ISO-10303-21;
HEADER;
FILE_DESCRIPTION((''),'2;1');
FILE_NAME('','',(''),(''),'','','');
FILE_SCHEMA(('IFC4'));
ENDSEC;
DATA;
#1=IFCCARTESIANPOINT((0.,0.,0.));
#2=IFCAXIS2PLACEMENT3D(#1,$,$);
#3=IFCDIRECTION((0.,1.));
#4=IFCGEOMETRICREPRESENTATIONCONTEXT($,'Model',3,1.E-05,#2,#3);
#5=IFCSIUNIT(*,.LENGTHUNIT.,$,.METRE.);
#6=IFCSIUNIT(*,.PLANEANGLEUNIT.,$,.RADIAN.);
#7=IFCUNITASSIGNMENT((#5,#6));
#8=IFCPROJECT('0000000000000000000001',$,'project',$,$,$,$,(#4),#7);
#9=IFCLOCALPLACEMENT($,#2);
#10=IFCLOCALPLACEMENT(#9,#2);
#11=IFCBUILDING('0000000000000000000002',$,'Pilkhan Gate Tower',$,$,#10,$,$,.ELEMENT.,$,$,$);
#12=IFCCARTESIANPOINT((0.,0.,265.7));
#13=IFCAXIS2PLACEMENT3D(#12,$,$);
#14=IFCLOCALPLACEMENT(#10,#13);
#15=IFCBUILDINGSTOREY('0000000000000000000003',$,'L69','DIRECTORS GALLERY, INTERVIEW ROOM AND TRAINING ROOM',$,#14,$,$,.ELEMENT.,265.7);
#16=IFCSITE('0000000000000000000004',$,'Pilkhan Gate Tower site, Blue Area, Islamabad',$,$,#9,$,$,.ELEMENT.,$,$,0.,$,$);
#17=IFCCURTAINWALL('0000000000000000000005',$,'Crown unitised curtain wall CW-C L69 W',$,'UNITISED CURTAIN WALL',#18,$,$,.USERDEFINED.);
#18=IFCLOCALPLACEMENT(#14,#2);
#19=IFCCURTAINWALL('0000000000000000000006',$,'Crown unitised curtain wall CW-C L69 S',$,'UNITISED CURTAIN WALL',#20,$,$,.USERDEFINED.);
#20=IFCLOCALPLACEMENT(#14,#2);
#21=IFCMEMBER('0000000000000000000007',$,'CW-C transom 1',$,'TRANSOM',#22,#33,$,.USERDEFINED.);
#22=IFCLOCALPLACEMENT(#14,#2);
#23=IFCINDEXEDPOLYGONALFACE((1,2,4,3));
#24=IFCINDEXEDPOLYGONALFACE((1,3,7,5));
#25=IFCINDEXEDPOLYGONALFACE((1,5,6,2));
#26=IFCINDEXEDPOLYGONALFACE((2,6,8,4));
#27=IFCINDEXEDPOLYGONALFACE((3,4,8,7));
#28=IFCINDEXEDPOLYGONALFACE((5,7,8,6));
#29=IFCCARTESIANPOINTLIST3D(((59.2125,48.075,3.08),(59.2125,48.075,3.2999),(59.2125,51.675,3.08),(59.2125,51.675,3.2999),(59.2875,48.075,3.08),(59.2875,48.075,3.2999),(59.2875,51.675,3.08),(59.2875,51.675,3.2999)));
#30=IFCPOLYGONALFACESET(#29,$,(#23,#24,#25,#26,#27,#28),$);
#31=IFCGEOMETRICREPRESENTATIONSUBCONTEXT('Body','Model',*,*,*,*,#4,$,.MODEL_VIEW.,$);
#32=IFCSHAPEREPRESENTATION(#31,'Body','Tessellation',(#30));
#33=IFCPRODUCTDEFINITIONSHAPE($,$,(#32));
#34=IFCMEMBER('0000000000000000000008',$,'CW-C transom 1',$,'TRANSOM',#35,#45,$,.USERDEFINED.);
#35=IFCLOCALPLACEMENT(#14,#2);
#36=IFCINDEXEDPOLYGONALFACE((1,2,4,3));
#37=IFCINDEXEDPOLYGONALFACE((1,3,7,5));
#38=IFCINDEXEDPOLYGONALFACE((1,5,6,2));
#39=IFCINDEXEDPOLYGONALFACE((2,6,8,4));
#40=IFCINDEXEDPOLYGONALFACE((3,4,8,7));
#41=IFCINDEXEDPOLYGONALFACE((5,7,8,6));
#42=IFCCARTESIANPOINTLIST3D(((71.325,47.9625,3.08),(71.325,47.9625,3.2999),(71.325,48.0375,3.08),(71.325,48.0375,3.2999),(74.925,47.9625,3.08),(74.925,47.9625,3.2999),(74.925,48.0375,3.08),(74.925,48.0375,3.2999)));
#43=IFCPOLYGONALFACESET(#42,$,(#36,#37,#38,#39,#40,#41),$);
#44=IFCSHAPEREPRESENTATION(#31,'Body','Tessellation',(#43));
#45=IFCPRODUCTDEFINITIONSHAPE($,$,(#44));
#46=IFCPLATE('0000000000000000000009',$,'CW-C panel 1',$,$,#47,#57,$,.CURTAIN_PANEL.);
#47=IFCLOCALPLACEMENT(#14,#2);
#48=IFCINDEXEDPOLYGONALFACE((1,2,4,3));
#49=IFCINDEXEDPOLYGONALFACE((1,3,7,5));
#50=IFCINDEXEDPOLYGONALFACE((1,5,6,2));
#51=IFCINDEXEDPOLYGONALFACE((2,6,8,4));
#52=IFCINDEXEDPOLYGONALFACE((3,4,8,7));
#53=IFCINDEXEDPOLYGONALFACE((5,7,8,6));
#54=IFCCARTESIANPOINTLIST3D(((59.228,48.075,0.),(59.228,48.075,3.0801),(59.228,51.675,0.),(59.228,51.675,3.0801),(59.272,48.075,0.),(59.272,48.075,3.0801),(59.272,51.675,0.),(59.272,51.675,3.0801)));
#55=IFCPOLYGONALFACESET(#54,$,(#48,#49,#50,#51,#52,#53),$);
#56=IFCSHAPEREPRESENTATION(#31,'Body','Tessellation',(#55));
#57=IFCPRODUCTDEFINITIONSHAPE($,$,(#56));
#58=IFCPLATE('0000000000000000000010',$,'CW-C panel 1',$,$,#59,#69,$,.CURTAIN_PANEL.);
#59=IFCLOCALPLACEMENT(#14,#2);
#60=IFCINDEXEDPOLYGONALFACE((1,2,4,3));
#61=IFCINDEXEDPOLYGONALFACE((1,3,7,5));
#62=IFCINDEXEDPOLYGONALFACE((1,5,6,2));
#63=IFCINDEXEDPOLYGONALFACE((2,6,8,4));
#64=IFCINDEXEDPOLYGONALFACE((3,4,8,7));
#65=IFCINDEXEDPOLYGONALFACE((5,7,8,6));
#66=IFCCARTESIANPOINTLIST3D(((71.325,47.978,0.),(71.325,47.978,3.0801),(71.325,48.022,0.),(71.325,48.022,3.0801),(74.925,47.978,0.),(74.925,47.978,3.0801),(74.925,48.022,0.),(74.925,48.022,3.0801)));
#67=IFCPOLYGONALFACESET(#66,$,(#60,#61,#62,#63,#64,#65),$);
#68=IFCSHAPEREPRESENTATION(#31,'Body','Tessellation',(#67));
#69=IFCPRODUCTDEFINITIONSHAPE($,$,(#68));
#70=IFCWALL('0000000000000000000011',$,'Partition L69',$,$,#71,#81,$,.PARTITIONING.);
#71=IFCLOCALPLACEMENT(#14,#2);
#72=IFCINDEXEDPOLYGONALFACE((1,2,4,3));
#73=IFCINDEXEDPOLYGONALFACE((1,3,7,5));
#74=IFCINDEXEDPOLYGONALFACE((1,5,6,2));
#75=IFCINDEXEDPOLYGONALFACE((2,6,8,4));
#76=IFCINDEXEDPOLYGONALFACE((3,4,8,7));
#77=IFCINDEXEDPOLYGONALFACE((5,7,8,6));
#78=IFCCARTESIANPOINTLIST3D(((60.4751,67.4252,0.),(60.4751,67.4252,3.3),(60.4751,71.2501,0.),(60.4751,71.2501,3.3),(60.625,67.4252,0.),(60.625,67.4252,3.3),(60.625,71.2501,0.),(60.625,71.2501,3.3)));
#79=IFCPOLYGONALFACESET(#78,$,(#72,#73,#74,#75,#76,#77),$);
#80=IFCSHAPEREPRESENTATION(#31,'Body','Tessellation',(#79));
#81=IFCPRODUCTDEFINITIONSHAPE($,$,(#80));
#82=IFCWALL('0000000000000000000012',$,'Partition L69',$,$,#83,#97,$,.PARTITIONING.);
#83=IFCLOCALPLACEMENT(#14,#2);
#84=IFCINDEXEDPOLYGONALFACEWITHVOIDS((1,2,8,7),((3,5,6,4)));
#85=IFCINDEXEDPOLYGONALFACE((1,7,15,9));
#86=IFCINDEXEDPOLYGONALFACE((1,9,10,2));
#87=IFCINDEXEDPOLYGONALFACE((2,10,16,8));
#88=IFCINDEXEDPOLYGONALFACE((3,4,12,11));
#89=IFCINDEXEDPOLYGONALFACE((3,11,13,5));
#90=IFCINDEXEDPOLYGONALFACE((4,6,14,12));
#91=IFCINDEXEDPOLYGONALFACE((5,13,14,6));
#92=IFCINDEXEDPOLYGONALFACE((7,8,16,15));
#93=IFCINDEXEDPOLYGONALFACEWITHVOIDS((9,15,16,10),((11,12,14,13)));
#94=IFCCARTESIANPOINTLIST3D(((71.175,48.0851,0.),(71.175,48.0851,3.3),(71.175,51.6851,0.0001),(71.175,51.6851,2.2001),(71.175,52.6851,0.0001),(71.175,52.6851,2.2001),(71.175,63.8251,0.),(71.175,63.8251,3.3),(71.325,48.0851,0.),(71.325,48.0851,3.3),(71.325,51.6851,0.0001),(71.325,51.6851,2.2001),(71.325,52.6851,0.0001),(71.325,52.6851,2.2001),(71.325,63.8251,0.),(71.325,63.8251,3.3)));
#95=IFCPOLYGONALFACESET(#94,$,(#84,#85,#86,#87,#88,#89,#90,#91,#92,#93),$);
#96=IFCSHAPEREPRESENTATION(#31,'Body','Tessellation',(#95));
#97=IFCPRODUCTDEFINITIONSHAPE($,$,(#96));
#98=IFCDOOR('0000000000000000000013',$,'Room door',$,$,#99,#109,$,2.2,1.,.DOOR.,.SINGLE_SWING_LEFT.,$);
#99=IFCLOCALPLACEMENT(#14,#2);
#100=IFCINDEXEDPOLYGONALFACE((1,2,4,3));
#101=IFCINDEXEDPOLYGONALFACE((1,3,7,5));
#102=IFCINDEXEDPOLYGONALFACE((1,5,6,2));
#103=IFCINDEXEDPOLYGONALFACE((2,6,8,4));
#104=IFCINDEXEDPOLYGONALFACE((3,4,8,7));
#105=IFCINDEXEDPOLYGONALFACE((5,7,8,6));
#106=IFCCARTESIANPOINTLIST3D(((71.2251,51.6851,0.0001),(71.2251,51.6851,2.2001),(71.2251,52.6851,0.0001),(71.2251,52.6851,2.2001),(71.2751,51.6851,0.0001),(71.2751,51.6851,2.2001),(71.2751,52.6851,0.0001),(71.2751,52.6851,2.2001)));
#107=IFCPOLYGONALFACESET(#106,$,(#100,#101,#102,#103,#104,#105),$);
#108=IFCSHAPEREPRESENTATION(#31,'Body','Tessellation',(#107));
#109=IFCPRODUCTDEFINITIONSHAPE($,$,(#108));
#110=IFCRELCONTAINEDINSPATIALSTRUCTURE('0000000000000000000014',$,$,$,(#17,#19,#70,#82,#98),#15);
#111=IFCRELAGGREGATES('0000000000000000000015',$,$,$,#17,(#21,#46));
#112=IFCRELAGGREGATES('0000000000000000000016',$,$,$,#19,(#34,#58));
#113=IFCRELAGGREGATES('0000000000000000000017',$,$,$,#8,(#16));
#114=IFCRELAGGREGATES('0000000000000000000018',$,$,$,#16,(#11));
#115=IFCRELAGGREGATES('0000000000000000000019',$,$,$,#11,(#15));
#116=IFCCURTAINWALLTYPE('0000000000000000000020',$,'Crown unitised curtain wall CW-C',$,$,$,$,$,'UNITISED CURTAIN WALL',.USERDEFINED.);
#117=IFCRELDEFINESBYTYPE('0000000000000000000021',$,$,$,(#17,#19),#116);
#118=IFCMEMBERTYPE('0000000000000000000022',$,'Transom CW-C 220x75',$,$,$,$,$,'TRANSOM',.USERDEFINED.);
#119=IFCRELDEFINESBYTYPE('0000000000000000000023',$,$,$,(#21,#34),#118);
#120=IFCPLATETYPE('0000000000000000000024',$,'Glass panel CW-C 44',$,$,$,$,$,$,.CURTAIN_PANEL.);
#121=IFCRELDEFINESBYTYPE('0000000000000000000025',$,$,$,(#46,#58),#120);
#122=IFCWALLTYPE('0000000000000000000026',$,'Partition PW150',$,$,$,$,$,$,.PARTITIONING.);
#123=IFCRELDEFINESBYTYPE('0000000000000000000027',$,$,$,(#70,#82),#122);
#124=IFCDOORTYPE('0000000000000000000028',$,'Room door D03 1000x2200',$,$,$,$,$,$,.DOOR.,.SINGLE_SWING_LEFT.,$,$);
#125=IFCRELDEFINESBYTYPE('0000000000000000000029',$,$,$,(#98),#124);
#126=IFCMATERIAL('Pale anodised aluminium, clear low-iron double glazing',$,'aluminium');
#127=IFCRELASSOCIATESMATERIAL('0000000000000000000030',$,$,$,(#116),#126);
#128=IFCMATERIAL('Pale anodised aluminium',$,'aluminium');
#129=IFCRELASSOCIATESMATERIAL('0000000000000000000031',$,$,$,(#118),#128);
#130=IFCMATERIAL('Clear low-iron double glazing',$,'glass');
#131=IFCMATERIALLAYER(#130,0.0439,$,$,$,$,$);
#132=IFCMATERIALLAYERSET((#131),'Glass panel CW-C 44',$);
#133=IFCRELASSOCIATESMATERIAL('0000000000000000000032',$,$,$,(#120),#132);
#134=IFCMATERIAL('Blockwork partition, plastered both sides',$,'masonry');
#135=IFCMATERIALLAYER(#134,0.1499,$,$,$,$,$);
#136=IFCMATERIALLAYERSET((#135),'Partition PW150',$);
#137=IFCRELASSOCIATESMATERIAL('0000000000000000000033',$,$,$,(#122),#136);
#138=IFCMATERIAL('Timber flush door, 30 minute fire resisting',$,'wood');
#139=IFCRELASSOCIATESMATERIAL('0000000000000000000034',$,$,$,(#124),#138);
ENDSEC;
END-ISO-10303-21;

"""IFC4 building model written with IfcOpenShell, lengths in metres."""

from ifc_helpers import new_model, si_unit, direction, frame, frame_2d, origin, origin_2d, place, context, subcontext, project, spatial, rectangle, extrude, material, layer, layer_set, material_profile, profile_set, type_object, element, fill, aggregate, save


model = new_model("IFC4")

# Units and contexts
model_context = context("Model", 3, precision=1e-05, world=origin(), true_north=direction((0.0, 1.0)))
body_context = subcontext(model_context, "Body", "Model", "MODEL_VIEW")
ifc_project = project(units=[si_unit("LENGTHUNIT", "METRE"), si_unit("PLANEANGLEUNIT", "RADIAN")], contexts=[model_context])

# Site, building, storey
site_placement = place(None, origin())
site = spatial("IfcSite", under=ifc_project, at=site_placement, Name="Pilkhan Gate Tower site, Blue Area, Islamabad", CompositionType="ELEMENT", RefElevation=0.0)
building_placement = place(site_placement, origin())
building = spatial("IfcBuilding", under=site, at=building_placement, Name="Pilkhan Gate Tower", CompositionType="ELEMENT")
storey_placement = place(building_placement, frame((0.0, 0.0, 265.7)))
storey = spatial("IfcBuildingStorey", under=building, at=storey_placement, Name="L69", Description="DIRECTORS GALLERY, INTERVIEW ROOM AND TRAINING ROOM", CompositionType="ELEMENT", Elevation=265.7)

# Shared definitions
ifc_material_1 = material(Name="Pale anodised aluminium, clear low-iron double glazing", Category="aluminium")
curtain_wall_type = type_object("IfcCurtainWallType", Name="Crown unitised curtain wall CW-C", ElementType="UNITISED CURTAIN WALL", PredefinedType="USERDEFINED", material=ifc_material_1)
ifc_material_2 = material(Name="Pale anodised aluminium", Category="aluminium")

# Curtain wall
curtain_wall_1_placement = place(storey_placement, origin())
curtain_wall_1 = element("IfcCurtainWall", 1, at=curtain_wall_1_placement, inside=storey, type_object=curtain_wall_type, Name="Crown unitised curtain wall CW-C L69 W", ObjectType="UNITISED CURTAIN WALL", PredefinedType="USERDEFINED")

# Curtain wall
curtain_wall_2_placement = place(storey_placement, origin())
curtain_wall_2 = element("IfcCurtainWall", 2, at=curtain_wall_2_placement, inside=storey, type_object=curtain_wall_type, Name="Crown unitised curtain wall CW-C L69 S", ObjectType="UNITISED CURTAIN WALL", PredefinedType="USERDEFINED")

# Members
ifc_material_profile_1 = material_profile(ifc_material_2, rectangle(XDim=0.075, YDim=0.22, at=origin_2d()), Name="Transom 220x75")
ifc_profile_set_1 = profile_set([ifc_material_profile_1], Name="Pale anodised aluminium")
member_type_1 = type_object("IfcMemberType", Name="Transom CW-C 220x75", ElementType="TRANSOM", PredefinedType="USERDEFINED", material=ifc_profile_set_1)
member_1_placement = place(storey_placement, frame((59.25, 48.075, 3.1899), z_axis=(0.0, 1.0, 0.0), x_axis=(-1.0, 0.0, 0.0)))
member_1 = element("IfcMember", 3, at=member_1_placement, type_object=member_type_1, Name="CW-C transom 1", ObjectType="TRANSOM", PredefinedType="USERDEFINED", context=body_context, shape_type="SweptSolid", body=[
    extrude(rectangle(XDim=0.075, YDim=0.22, at=origin_2d()), origin(), (0.0, 0.0, 1.0), 3.6001),
])
member_2_placement = place(storey_placement, frame((71.325, 48.0, 3.1899), z_axis=(1.0, 0.0, 0.0), x_axis=(0.0, 1.0, 0.0)))
member_2 = element("IfcMember", 4, at=member_2_placement, type_object=member_type_1, Name="CW-C transom 1", ObjectType="TRANSOM", PredefinedType="USERDEFINED", context=body_context, shape_type="SweptSolid", body=[
    extrude(rectangle(XDim=0.075, YDim=0.22, at=origin_2d()), origin(), (0.0, 0.0, 1.0), 3.6001),
])

# Plates
ifc_material_3 = material(Name="Clear low-iron double glazing", Category="glass")
ifc_layer_1 = layer(ifc_material_3, 0.0439)
ifc_layer_set_1 = layer_set([ifc_layer_1], Name="Glass panel CW-C 44")
plate_type = type_object("IfcPlateType", Name="Glass panel CW-C 44", PredefinedType="CURTAIN_PANEL", material=ifc_layer_set_1)
plate_1_placement = place(storey_placement, frame((59.25, 49.875, 0.0), z_axis=(0.0, 0.0, 1.0), x_axis=(0.0, 1.0, 0.0)))
plate_1 = element("IfcPlate", 5, at=plate_1_placement, type_object=plate_type, Name="CW-C panel 1", PredefinedType="CURTAIN_PANEL", context=body_context, shape_type="SweptSolid", body=[
    extrude(rectangle(XDim=3.6001, YDim=0.0439, at=origin_2d()), origin(), (0.0, 0.0, 1.0), 3.0801),
])
aggregate(curtain_wall_1, [member_1, plate_1])
plate_2_placement = place(storey_placement, frame((73.125, 48.0, 0.0), z_axis=(0.0, 0.0, 1.0), x_axis=(1.0, 0.0, 0.0)))
plate_2 = element("IfcPlate", 6, at=plate_2_placement, type_object=plate_type, Name="CW-C panel 1", PredefinedType="CURTAIN_PANEL", context=body_context, shape_type="SweptSolid", body=[
    extrude(rectangle(XDim=3.6001, YDim=0.0439, at=origin_2d()), origin(), (0.0, 0.0, 1.0), 3.0801),
])
aggregate(curtain_wall_2, [member_2, plate_2])

# Wall
ifc_material_4 = material(Name="Blockwork partition, plastered both sides", Category="masonry")
ifc_layer_2 = layer(ifc_material_4, 0.1499)
ifc_layer_set_2 = layer_set([ifc_layer_2], Name="Partition PW150")
wall_type = type_object("IfcWallType", Name="Partition PW150", PredefinedType="PARTITIONING", material=ifc_layer_set_2)
wall_1_placement = place(storey_placement, frame((60.55, 67.425, 0.0), z_axis=(0.0, 0.0, 1.0), x_axis=(0.0, 1.0, 0.0)))
element("IfcWall", 7, at=wall_1_placement, inside=storey, type_object=wall_type, Name="Partition L69", PredefinedType="PARTITIONING", context=body_context, shape_type="SweptSolid", body=[
    extrude(rectangle(XDim=3.825, YDim=0.1499, at=frame_2d((1.9126, 0.0))), origin(), (0.0, 0.0, 1.0), 3.3),
])

# Wall, opening, door
wall_2_placement = place(storey_placement, frame((71.25, 48.085, 0.0), z_axis=(0.0, 0.0, 1.0), x_axis=(0.0, 1.0, 0.0)))
wall_2 = element("IfcWall", 8, at=wall_2_placement, inside=storey, type_object=wall_type, Name="Partition L69", PredefinedType="PARTITIONING", context=body_context, shape_type="SweptSolid", body=[
    extrude(rectangle(XDim=15.74, YDim=0.1499, at=frame_2d((7.8701, 0.0))), origin(), (0.0, 0.0, 1.0), 3.3),
])
opening_placement = place(wall_2_placement, frame((3.6001, 0.0, 0.0)))
opening = element("IfcOpeningElement", 9, at=opening_placement, cuts=wall_2, PredefinedType="OPENING", context=body_context, shape_type="SweptSolid", body=[
    extrude(rectangle(XDim=1.0, YDim=2.2, at=frame_2d((0.5, 1.1001))), frame((0.0, 0.085, 0.0), z_axis=(0.0, -1.0, 0.0), x_axis=(1.0, 0.0, 0.0)), (0.0, 0.0, 1.0), 0.1699),
])
ifc_material_5 = material(Name="Timber flush door, 30 minute fire resisting", Category="wood")
door_type = type_object("IfcDoorType", Name="Room door D03 1000x2200", OperationType="SINGLE_SWING_LEFT", PredefinedType="DOOR", material=ifc_material_5)
door_placement = place(opening_placement, origin())
door = element("IfcDoor", 10, at=door_placement, inside=storey, type_object=door_type, Name="Room door", OperationType="SINGLE_SWING_LEFT", OverallHeight=2.2, OverallWidth=1.0, PredefinedType="DOOR", context=body_context, shape_type="SweptSolid", body=[
    extrude(rectangle(XDim=1.0, YDim=2.2, at=frame_2d((0.5, 1.1001))), frame((0.0, 0.0249, 0.0), z_axis=(0.0, -1.0, 0.0), x_axis=(1.0, 0.0, 0.0)), (0.0, 0.0, 1.0), 0.05),
])
fill(opening, door)

save(model, "model.ifc")
